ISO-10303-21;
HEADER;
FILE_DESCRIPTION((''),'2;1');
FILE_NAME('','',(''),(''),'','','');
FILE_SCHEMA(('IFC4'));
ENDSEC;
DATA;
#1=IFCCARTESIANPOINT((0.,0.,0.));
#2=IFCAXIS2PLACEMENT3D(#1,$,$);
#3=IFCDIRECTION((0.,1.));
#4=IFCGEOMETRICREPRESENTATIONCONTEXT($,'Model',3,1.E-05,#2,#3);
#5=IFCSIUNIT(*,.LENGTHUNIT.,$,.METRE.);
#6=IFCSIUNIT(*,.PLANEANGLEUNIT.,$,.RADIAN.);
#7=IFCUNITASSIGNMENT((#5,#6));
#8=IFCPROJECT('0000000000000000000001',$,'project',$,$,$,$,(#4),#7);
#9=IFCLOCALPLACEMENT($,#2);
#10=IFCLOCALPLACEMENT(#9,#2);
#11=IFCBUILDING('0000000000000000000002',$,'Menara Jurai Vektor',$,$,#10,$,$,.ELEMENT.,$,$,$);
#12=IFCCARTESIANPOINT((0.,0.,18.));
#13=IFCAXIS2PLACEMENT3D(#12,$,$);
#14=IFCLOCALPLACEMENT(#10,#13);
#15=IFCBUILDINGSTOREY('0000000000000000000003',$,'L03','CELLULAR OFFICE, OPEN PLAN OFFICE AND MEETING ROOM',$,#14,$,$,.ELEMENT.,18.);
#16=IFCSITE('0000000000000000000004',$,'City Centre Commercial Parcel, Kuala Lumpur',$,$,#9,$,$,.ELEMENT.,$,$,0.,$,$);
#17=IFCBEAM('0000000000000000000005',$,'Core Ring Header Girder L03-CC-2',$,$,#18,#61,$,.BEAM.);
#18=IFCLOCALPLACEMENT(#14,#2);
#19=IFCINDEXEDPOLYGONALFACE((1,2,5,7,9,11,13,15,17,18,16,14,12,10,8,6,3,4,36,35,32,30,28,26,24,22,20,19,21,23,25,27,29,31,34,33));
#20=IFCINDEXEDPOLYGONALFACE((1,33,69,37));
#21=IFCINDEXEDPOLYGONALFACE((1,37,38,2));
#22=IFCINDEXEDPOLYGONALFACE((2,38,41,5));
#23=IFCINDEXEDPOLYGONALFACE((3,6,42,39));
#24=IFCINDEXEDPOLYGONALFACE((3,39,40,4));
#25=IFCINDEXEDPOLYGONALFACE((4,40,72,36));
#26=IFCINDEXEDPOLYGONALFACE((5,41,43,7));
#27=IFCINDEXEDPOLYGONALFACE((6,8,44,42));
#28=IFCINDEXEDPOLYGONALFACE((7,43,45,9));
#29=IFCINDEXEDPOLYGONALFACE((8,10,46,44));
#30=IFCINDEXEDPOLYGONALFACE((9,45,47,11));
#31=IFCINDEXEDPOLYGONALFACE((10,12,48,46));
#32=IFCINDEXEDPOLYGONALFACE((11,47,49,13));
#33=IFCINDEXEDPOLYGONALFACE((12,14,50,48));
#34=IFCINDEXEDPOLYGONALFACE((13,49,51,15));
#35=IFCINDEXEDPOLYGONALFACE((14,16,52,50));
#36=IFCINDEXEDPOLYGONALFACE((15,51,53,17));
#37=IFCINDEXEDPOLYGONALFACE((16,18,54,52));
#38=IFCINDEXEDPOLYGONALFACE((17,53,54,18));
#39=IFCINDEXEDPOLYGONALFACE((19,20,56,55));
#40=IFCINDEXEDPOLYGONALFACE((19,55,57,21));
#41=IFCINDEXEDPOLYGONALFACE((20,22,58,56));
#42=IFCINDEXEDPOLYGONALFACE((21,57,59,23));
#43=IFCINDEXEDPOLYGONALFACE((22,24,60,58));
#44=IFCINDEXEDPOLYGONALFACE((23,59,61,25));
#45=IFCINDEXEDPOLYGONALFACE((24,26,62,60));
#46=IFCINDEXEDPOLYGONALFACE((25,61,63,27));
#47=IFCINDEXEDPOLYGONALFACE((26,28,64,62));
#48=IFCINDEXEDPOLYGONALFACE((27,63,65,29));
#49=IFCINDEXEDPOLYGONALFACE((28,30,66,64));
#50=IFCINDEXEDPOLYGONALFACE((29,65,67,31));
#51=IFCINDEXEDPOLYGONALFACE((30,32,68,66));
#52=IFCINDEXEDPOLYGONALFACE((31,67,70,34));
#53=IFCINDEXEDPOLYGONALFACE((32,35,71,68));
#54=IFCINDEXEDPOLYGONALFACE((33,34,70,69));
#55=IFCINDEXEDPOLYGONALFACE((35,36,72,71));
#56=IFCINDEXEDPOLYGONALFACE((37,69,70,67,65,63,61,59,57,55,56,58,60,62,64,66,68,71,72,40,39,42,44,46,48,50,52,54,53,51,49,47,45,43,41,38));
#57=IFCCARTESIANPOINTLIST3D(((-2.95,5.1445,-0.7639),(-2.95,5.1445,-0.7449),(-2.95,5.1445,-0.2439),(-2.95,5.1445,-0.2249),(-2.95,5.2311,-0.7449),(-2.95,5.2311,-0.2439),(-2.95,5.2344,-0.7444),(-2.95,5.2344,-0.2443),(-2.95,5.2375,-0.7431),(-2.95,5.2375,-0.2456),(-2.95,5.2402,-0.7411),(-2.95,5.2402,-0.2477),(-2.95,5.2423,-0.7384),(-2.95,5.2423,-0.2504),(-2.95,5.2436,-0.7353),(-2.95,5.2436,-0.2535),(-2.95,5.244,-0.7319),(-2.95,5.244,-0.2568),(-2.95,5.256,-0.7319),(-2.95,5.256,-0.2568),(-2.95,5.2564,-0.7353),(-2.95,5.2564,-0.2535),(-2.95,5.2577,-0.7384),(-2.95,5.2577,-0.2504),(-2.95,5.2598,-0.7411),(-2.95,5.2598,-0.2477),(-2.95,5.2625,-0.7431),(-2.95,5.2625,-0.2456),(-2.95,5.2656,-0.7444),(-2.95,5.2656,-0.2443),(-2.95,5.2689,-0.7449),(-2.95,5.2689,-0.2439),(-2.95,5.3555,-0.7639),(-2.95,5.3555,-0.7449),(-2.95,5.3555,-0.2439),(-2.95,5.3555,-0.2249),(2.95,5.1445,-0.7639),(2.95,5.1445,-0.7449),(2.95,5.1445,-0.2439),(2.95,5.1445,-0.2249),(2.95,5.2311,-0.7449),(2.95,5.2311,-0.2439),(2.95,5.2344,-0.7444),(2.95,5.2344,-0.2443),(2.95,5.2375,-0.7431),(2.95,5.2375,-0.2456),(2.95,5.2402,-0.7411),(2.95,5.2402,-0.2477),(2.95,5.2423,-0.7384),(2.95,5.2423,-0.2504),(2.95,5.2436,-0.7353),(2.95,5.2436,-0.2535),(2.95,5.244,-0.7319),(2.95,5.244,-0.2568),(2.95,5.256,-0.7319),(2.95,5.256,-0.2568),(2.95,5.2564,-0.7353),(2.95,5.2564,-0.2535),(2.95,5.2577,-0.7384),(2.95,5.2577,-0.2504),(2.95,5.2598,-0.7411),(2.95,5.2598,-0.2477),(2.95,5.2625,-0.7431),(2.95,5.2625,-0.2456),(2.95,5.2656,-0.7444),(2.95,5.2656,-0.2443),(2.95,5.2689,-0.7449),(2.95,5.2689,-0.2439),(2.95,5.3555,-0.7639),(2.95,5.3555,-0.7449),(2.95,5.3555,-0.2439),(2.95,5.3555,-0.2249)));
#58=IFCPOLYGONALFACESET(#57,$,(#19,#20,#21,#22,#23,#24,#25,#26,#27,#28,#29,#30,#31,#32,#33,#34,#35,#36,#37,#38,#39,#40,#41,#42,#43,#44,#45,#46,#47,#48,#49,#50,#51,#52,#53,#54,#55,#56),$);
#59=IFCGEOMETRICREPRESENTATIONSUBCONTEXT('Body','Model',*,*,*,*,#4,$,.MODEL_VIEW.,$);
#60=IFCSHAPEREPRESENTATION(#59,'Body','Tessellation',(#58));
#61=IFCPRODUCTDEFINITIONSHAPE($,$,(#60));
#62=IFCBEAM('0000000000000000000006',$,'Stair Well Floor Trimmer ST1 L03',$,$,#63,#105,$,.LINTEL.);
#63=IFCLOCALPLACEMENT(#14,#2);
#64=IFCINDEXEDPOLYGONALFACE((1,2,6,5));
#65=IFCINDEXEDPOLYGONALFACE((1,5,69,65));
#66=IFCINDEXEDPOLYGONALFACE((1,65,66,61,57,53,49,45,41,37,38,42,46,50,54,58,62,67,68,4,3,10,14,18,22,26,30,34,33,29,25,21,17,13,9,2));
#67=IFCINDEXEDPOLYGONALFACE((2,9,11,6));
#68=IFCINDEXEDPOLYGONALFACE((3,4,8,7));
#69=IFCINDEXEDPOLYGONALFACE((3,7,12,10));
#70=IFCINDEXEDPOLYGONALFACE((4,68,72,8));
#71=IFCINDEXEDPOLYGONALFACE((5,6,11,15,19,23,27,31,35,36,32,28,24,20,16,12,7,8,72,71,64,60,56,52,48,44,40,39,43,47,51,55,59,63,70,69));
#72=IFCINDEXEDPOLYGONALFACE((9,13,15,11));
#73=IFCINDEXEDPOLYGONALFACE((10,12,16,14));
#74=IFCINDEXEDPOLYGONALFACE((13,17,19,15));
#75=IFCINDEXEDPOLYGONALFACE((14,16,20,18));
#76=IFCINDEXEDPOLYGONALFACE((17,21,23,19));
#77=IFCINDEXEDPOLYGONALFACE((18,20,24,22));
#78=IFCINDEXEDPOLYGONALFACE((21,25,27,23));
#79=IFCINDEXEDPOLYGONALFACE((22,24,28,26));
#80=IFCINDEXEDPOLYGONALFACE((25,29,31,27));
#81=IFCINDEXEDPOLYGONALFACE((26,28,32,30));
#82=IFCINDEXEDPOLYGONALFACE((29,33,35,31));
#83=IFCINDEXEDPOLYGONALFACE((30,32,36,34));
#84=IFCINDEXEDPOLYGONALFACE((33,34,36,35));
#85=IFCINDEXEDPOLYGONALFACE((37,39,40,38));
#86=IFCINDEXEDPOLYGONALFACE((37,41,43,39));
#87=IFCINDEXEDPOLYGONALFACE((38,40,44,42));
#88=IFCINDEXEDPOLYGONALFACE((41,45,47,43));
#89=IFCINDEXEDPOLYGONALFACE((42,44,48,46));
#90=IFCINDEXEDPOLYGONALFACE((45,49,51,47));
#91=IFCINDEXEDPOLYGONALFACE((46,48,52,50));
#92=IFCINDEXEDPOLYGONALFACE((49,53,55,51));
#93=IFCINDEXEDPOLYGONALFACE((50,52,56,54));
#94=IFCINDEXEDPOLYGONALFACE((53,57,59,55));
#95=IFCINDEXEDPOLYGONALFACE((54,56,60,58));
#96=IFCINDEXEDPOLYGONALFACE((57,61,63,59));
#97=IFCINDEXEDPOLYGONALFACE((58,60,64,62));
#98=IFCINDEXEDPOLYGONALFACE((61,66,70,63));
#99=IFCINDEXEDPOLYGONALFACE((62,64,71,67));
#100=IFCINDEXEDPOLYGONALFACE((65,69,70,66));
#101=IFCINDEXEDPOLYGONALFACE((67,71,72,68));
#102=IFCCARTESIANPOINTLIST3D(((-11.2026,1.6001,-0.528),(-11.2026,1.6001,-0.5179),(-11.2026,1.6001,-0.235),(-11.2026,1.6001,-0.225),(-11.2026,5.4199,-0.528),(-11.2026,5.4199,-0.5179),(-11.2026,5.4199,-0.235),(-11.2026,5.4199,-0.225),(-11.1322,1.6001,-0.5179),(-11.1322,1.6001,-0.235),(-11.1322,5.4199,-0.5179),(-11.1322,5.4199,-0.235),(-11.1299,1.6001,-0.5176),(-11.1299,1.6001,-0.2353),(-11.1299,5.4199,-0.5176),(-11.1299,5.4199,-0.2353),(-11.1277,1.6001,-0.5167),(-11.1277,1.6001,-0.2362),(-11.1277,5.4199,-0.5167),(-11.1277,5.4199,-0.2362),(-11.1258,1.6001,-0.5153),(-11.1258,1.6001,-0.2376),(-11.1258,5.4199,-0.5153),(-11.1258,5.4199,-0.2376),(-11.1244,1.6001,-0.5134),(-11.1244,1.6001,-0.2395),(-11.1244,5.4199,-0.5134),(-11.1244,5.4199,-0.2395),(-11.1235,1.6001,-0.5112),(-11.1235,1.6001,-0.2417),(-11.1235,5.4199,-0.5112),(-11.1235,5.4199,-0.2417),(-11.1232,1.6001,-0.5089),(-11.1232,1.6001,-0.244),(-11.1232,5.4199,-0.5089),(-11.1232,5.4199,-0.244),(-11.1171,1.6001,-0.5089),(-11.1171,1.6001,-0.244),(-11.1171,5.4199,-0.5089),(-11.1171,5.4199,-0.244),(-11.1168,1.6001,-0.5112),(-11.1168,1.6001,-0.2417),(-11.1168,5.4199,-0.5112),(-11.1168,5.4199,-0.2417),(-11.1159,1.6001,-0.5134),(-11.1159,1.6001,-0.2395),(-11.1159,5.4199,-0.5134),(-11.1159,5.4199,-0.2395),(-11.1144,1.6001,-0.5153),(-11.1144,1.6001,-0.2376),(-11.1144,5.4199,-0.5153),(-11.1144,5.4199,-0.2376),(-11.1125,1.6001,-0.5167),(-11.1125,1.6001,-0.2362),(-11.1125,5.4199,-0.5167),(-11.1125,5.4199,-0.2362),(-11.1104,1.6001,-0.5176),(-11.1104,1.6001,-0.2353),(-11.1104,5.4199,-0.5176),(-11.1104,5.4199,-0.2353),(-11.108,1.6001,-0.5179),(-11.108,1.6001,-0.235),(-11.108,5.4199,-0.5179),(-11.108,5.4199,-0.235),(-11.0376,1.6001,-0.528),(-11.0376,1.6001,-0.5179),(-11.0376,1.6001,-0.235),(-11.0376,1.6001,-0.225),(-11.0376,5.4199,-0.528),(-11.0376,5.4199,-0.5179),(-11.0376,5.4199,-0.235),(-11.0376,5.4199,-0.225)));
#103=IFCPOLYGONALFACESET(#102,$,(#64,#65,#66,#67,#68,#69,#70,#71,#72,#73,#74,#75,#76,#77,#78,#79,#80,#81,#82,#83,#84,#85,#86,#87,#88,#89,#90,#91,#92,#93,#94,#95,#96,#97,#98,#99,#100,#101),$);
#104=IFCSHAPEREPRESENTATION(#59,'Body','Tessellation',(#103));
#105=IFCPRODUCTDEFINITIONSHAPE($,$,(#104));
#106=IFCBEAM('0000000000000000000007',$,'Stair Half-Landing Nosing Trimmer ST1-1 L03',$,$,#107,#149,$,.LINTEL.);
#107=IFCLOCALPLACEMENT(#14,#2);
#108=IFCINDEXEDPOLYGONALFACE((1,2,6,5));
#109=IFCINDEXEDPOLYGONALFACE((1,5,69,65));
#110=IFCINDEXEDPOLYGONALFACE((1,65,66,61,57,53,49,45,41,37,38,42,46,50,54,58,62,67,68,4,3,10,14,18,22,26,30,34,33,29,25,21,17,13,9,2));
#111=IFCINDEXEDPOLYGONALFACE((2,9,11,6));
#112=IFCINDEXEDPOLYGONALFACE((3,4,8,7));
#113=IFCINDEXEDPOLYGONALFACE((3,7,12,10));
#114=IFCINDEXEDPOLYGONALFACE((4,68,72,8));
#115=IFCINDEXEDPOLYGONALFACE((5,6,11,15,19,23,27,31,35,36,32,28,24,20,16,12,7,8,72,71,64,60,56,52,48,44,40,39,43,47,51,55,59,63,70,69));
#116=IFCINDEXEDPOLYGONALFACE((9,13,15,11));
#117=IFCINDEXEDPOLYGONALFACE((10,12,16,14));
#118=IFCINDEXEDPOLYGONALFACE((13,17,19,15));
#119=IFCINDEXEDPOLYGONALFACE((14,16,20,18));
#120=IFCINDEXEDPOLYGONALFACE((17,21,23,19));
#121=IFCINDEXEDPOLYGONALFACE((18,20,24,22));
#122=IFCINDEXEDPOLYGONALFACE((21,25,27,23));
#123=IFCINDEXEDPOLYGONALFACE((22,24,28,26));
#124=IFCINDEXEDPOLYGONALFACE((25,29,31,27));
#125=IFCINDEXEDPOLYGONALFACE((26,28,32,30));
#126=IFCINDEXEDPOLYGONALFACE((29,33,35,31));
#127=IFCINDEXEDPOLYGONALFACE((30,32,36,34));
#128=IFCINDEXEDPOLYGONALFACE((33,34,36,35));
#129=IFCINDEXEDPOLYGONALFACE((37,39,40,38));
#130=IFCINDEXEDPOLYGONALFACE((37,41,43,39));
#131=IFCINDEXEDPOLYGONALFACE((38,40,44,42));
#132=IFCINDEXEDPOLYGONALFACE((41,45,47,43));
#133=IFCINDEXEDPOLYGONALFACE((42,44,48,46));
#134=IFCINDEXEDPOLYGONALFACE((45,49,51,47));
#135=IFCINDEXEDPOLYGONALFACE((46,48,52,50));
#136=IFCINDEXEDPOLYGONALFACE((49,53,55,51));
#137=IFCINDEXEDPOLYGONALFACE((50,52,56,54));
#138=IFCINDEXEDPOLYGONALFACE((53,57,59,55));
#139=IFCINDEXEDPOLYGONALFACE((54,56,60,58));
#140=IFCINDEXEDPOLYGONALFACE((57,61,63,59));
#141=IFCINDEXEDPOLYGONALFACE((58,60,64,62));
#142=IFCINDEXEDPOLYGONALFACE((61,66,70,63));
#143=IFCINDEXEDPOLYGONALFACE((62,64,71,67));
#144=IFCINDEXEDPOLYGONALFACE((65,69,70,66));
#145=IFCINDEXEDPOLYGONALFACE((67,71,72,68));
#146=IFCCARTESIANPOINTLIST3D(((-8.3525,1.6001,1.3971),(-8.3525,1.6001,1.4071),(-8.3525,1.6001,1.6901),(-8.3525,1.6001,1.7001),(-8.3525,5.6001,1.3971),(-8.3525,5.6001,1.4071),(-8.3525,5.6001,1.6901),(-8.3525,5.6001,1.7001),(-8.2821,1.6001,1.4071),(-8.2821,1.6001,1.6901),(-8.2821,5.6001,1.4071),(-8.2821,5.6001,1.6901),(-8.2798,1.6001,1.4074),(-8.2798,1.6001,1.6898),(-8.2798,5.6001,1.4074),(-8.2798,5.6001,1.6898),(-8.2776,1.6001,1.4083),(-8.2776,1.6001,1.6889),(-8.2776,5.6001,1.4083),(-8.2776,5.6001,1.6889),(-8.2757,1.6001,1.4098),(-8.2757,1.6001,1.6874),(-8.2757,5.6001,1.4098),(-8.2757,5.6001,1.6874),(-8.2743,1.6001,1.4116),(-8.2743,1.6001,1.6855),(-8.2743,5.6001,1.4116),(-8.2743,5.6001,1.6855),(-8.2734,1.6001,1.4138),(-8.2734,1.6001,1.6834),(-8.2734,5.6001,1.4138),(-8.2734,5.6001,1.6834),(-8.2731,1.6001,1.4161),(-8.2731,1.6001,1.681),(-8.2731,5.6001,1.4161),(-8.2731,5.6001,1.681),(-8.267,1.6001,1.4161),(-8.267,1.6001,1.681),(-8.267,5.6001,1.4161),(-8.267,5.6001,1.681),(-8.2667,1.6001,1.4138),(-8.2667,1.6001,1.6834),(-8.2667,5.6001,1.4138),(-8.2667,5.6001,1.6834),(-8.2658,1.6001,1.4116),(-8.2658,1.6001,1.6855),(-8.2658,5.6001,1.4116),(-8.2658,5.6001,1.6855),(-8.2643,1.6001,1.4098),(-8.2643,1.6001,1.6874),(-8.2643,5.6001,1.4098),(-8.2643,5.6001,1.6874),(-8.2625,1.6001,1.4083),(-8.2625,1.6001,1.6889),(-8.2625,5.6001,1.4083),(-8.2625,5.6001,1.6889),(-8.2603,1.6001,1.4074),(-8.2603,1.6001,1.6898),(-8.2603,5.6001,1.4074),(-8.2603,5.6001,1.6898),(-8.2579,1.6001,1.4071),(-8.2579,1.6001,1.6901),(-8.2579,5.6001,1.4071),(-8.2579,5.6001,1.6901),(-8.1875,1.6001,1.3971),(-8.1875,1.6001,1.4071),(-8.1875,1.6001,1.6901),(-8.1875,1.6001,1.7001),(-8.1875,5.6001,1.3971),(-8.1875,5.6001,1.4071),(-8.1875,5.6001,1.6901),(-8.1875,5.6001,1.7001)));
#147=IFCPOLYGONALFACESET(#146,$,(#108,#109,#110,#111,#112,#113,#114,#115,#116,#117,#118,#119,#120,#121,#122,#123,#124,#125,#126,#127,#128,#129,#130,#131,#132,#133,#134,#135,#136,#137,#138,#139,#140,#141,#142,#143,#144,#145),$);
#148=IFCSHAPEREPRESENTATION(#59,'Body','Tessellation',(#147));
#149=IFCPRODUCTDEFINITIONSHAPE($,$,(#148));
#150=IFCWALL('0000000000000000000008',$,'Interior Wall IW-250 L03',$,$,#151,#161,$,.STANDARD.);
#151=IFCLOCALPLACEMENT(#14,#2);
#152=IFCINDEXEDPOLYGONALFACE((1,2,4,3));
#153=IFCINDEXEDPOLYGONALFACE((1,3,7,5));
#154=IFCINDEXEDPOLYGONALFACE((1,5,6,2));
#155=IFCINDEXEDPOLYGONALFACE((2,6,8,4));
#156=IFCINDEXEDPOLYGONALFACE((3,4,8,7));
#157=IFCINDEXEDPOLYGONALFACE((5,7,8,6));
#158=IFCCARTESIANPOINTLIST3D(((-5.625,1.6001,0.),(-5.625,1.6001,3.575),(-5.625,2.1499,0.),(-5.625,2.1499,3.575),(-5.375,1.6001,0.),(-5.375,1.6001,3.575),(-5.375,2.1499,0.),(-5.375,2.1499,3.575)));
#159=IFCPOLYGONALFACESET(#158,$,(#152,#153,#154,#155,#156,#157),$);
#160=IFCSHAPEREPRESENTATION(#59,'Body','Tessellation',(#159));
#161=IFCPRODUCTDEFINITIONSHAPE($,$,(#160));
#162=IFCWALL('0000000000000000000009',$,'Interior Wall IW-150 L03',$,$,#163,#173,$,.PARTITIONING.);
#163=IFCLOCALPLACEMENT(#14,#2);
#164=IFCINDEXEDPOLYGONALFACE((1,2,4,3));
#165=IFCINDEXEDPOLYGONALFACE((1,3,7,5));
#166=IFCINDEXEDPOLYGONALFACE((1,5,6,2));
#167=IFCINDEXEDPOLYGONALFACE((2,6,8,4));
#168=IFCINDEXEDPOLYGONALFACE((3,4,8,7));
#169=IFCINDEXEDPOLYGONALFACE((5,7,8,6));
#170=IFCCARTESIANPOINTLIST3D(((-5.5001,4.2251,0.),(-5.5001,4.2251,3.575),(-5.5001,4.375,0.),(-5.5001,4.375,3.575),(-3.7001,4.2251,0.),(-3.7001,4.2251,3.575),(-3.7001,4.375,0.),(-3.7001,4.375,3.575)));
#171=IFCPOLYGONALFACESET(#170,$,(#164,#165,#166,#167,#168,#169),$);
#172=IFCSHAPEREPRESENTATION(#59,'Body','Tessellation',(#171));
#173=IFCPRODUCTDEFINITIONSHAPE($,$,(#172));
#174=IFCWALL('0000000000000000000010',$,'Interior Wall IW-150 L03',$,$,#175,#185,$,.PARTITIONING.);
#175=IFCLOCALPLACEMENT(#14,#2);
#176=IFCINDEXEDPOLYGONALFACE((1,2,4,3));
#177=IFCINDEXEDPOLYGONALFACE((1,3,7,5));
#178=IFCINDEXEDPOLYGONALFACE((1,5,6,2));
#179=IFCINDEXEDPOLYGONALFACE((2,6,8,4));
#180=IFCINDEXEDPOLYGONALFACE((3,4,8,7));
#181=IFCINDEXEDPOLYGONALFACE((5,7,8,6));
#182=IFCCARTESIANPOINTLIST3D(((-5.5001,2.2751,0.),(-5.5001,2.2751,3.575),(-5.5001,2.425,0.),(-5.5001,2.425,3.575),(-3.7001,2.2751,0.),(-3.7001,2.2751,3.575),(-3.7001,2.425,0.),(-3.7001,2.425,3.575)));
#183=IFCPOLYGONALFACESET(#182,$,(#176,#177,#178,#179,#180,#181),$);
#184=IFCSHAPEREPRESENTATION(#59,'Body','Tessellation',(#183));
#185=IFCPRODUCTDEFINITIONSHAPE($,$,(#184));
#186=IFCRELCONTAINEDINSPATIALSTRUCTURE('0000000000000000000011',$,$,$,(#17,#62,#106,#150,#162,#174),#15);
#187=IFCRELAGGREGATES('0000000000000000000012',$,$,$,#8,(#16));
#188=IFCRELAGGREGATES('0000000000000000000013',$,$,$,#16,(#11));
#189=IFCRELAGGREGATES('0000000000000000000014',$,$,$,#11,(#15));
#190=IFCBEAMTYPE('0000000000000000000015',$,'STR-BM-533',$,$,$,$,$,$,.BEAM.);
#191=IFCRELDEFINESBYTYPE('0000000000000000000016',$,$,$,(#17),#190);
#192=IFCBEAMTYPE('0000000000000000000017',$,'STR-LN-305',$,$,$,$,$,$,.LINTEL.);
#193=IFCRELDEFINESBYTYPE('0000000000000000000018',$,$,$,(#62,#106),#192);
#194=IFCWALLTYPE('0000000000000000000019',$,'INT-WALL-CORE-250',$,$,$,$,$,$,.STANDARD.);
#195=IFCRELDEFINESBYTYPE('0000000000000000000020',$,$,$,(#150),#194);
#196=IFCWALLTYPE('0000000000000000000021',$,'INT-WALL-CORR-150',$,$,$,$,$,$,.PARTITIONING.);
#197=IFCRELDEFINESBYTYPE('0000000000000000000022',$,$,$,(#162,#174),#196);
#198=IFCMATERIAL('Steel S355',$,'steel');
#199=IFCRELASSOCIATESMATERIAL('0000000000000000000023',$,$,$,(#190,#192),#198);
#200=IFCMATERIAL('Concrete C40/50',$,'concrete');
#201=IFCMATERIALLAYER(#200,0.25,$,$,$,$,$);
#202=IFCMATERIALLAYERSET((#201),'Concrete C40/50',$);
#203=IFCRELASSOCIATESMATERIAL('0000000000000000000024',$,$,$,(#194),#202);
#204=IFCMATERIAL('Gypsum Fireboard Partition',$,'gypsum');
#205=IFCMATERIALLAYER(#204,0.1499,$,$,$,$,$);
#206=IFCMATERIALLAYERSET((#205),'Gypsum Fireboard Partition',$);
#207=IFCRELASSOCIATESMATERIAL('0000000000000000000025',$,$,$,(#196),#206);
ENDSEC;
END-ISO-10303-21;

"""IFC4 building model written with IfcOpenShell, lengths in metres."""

from ifc_helpers import new_model, si_unit, direction, frame, frame_2d, origin, origin_2d, place, context, subcontext, project, spatial, rectangle, i_section, extrude, material, layer, layer_set, material_profile, profile_set, type_object, element, save


model = new_model("IFC4")

# Units and contexts
model_context = context("Model", 3, precision=1e-05, world=origin(), true_north=direction((0.0, 1.0)))
body_context = subcontext(model_context, "Body", "Model", "MODEL_VIEW")
ifc_project = project(units=[si_unit("LENGTHUNIT", "METRE"), si_unit("PLANEANGLEUNIT", "RADIAN")], contexts=[model_context])

# Site, building, storey
site_placement = place(None, origin())
site = spatial("IfcSite", under=ifc_project, at=site_placement, Name="City Centre Commercial Parcel, Kuala Lumpur", CompositionType="ELEMENT", RefElevation=0.0)
building_placement = place(site_placement, origin())
building = spatial("IfcBuilding", under=site, at=building_placement, Name="Menara Jurai Vektor", CompositionType="ELEMENT")
storey_placement = place(building_placement, frame((0.0, 0.0, 18.0)))
storey = spatial("IfcBuildingStorey", under=building, at=storey_placement, Name="L03", Description="CELLULAR OFFICE, OPEN PLAN OFFICE AND MEETING ROOM", CompositionType="ELEMENT", Elevation=18.0)

# Shared definitions
ifc_material_1 = material(Name="Steel S355", Category="steel")

# Beams
ifc_material_profile_1 = material_profile(ifc_material_1, i_section(OverallWidth=0.2109, OverallDepth=0.5391, WebThickness=0.012, FlangeThickness=0.019, FilletRadius=0.0129, at=origin_2d()), Name="UKB 533x210x109")
ifc_profile_set_1 = profile_set([ifc_material_profile_1], Name="Steel S355")
beam_type_1 = type_object("IfcBeamType", Name="STR-BM-533", PredefinedType="BEAM", material=ifc_profile_set_1)
beam_1_placement = place(storey_placement, frame((-2.95, 5.25, -0.4944), z_axis=(1.0, 0.0, 0.0), x_axis=(0.0, 1.0, 0.0)))
element("IfcBeam", 1, at=beam_1_placement, inside=storey, type_object=beam_type_1, Name="Core Ring Header Girder L03-CC-2", PredefinedType="BEAM", context=body_context, shape_type="SweptSolid", body=[
    extrude(i_section(OverallWidth=0.2109, OverallDepth=0.5391, WebThickness=0.012, FlangeThickness=0.019, FilletRadius=0.0129, at=origin_2d()), origin(), (0.0, 0.0, 1.0), 5.8999),
])
ifc_material_profile_2 = material_profile(ifc_material_1, i_section(OverallWidth=0.165, OverallDepth=0.303, WebThickness=0.0061, FlangeThickness=0.01, FilletRadius=0.009, at=origin_2d()), Name="UKB 305x165x40")
ifc_profile_set_2 = profile_set([ifc_material_profile_2], Name="Steel S355")
beam_type_2 = type_object("IfcBeamType", Name="STR-LN-305", PredefinedType="LINTEL", material=ifc_profile_set_2)
beam_2_placement = place(storey_placement, frame((-11.1201, 1.6001, -0.3765), z_axis=(0.0, 1.0, 0.0), x_axis=(-1.0, 0.0, 0.0)))
element("IfcBeam", 2, at=beam_2_placement, inside=storey, type_object=beam_type_2, Name="Stair Well Floor Trimmer ST1 L03", PredefinedType="LINTEL", context=body_context, shape_type="SweptSolid", body=[
    extrude(i_section(OverallWidth=0.165, OverallDepth=0.303, WebThickness=0.0061, FlangeThickness=0.01, FilletRadius=0.009, at=origin_2d()), origin(), (0.0, 0.0, 1.0), 3.8198),
])
beam_3_placement = place(storey_placement, frame((-8.27, 1.6001, 1.5486), z_axis=(0.0, 1.0, 0.0), x_axis=(-1.0, 0.0, 0.0)))
element("IfcBeam", 3, at=beam_3_placement, inside=storey, type_object=beam_type_2, Name="Stair Half-Landing Nosing Trimmer ST1-1 L03", PredefinedType="LINTEL", context=body_context, shape_type="SweptSolid", body=[
    extrude(i_section(OverallWidth=0.165, OverallDepth=0.303, WebThickness=0.0061, FlangeThickness=0.01, FilletRadius=0.009, at=origin_2d()), origin(), (0.0, 0.0, 1.0), 4.0),
])

# Shared definitions
ifc_material_2 = material(Name="Concrete C40/50", Category="concrete")
ifc_layer_1 = layer(ifc_material_2, 0.25)
ifc_layer_set_1 = layer_set([ifc_layer_1], Name="Concrete C40/50")
wall_type_1 = type_object("IfcWallType", Name="INT-WALL-CORE-250", PredefinedType="STANDARD", material=ifc_layer_set_1)

# Walls
wall_1_placement = place(storey_placement, frame((-5.5, 1.6001, 0.0), z_axis=(0.0, 0.0, 1.0), x_axis=(0.0, 1.0, 0.0)))
element("IfcWall", 4, at=wall_1_placement, inside=storey, type_object=wall_type_1, Name="Interior Wall IW-250 L03", PredefinedType="STANDARD", context=body_context, shape_type="SweptSolid", body=[
    extrude(rectangle(XDim=0.5498, YDim=0.25, at=frame_2d((0.2749, 0.0))), origin(), (0.0, 0.0, 1.0), 3.575),
])
ifc_material_3 = material(Name="Gypsum Fireboard Partition", Category="gypsum")
ifc_layer_2 = layer(ifc_material_3, 0.1499)
ifc_layer_set_2 = layer_set([ifc_layer_2], Name="Gypsum Fireboard Partition")
wall_type_2 = type_object("IfcWallType", Name="INT-WALL-CORR-150", PredefinedType="PARTITIONING", material=ifc_layer_set_2)
for number, where, z_axis, x_axis, name in (
    (5, (-5.5, 4.3, 0.0), (0.0, 0.0, 1.0), (1.0, 0.0, 0.0), "Interior Wall IW-150 L03"),
    (6, (-5.5, 2.3501, 0.0), (0.0, 0.0, 1.0), (1.0, 0.0, 0.0), "Interior Wall IW-150 L03"),
):
    element("IfcWall", number, at=place(storey_placement, frame(where, z_axis=z_axis, x_axis=x_axis)), inside=storey, type_object=wall_type_2, Name=name, PredefinedType="PARTITIONING", context=body_context, shape_type="SweptSolid", body=[
        extrude(rectangle(XDim=1.8, YDim=0.1499, at=frame_2d((0.8999, 0.0))), origin(), (0.0, 0.0, 1.0), 3.575),
    ])

save(model, "model.ifc")
